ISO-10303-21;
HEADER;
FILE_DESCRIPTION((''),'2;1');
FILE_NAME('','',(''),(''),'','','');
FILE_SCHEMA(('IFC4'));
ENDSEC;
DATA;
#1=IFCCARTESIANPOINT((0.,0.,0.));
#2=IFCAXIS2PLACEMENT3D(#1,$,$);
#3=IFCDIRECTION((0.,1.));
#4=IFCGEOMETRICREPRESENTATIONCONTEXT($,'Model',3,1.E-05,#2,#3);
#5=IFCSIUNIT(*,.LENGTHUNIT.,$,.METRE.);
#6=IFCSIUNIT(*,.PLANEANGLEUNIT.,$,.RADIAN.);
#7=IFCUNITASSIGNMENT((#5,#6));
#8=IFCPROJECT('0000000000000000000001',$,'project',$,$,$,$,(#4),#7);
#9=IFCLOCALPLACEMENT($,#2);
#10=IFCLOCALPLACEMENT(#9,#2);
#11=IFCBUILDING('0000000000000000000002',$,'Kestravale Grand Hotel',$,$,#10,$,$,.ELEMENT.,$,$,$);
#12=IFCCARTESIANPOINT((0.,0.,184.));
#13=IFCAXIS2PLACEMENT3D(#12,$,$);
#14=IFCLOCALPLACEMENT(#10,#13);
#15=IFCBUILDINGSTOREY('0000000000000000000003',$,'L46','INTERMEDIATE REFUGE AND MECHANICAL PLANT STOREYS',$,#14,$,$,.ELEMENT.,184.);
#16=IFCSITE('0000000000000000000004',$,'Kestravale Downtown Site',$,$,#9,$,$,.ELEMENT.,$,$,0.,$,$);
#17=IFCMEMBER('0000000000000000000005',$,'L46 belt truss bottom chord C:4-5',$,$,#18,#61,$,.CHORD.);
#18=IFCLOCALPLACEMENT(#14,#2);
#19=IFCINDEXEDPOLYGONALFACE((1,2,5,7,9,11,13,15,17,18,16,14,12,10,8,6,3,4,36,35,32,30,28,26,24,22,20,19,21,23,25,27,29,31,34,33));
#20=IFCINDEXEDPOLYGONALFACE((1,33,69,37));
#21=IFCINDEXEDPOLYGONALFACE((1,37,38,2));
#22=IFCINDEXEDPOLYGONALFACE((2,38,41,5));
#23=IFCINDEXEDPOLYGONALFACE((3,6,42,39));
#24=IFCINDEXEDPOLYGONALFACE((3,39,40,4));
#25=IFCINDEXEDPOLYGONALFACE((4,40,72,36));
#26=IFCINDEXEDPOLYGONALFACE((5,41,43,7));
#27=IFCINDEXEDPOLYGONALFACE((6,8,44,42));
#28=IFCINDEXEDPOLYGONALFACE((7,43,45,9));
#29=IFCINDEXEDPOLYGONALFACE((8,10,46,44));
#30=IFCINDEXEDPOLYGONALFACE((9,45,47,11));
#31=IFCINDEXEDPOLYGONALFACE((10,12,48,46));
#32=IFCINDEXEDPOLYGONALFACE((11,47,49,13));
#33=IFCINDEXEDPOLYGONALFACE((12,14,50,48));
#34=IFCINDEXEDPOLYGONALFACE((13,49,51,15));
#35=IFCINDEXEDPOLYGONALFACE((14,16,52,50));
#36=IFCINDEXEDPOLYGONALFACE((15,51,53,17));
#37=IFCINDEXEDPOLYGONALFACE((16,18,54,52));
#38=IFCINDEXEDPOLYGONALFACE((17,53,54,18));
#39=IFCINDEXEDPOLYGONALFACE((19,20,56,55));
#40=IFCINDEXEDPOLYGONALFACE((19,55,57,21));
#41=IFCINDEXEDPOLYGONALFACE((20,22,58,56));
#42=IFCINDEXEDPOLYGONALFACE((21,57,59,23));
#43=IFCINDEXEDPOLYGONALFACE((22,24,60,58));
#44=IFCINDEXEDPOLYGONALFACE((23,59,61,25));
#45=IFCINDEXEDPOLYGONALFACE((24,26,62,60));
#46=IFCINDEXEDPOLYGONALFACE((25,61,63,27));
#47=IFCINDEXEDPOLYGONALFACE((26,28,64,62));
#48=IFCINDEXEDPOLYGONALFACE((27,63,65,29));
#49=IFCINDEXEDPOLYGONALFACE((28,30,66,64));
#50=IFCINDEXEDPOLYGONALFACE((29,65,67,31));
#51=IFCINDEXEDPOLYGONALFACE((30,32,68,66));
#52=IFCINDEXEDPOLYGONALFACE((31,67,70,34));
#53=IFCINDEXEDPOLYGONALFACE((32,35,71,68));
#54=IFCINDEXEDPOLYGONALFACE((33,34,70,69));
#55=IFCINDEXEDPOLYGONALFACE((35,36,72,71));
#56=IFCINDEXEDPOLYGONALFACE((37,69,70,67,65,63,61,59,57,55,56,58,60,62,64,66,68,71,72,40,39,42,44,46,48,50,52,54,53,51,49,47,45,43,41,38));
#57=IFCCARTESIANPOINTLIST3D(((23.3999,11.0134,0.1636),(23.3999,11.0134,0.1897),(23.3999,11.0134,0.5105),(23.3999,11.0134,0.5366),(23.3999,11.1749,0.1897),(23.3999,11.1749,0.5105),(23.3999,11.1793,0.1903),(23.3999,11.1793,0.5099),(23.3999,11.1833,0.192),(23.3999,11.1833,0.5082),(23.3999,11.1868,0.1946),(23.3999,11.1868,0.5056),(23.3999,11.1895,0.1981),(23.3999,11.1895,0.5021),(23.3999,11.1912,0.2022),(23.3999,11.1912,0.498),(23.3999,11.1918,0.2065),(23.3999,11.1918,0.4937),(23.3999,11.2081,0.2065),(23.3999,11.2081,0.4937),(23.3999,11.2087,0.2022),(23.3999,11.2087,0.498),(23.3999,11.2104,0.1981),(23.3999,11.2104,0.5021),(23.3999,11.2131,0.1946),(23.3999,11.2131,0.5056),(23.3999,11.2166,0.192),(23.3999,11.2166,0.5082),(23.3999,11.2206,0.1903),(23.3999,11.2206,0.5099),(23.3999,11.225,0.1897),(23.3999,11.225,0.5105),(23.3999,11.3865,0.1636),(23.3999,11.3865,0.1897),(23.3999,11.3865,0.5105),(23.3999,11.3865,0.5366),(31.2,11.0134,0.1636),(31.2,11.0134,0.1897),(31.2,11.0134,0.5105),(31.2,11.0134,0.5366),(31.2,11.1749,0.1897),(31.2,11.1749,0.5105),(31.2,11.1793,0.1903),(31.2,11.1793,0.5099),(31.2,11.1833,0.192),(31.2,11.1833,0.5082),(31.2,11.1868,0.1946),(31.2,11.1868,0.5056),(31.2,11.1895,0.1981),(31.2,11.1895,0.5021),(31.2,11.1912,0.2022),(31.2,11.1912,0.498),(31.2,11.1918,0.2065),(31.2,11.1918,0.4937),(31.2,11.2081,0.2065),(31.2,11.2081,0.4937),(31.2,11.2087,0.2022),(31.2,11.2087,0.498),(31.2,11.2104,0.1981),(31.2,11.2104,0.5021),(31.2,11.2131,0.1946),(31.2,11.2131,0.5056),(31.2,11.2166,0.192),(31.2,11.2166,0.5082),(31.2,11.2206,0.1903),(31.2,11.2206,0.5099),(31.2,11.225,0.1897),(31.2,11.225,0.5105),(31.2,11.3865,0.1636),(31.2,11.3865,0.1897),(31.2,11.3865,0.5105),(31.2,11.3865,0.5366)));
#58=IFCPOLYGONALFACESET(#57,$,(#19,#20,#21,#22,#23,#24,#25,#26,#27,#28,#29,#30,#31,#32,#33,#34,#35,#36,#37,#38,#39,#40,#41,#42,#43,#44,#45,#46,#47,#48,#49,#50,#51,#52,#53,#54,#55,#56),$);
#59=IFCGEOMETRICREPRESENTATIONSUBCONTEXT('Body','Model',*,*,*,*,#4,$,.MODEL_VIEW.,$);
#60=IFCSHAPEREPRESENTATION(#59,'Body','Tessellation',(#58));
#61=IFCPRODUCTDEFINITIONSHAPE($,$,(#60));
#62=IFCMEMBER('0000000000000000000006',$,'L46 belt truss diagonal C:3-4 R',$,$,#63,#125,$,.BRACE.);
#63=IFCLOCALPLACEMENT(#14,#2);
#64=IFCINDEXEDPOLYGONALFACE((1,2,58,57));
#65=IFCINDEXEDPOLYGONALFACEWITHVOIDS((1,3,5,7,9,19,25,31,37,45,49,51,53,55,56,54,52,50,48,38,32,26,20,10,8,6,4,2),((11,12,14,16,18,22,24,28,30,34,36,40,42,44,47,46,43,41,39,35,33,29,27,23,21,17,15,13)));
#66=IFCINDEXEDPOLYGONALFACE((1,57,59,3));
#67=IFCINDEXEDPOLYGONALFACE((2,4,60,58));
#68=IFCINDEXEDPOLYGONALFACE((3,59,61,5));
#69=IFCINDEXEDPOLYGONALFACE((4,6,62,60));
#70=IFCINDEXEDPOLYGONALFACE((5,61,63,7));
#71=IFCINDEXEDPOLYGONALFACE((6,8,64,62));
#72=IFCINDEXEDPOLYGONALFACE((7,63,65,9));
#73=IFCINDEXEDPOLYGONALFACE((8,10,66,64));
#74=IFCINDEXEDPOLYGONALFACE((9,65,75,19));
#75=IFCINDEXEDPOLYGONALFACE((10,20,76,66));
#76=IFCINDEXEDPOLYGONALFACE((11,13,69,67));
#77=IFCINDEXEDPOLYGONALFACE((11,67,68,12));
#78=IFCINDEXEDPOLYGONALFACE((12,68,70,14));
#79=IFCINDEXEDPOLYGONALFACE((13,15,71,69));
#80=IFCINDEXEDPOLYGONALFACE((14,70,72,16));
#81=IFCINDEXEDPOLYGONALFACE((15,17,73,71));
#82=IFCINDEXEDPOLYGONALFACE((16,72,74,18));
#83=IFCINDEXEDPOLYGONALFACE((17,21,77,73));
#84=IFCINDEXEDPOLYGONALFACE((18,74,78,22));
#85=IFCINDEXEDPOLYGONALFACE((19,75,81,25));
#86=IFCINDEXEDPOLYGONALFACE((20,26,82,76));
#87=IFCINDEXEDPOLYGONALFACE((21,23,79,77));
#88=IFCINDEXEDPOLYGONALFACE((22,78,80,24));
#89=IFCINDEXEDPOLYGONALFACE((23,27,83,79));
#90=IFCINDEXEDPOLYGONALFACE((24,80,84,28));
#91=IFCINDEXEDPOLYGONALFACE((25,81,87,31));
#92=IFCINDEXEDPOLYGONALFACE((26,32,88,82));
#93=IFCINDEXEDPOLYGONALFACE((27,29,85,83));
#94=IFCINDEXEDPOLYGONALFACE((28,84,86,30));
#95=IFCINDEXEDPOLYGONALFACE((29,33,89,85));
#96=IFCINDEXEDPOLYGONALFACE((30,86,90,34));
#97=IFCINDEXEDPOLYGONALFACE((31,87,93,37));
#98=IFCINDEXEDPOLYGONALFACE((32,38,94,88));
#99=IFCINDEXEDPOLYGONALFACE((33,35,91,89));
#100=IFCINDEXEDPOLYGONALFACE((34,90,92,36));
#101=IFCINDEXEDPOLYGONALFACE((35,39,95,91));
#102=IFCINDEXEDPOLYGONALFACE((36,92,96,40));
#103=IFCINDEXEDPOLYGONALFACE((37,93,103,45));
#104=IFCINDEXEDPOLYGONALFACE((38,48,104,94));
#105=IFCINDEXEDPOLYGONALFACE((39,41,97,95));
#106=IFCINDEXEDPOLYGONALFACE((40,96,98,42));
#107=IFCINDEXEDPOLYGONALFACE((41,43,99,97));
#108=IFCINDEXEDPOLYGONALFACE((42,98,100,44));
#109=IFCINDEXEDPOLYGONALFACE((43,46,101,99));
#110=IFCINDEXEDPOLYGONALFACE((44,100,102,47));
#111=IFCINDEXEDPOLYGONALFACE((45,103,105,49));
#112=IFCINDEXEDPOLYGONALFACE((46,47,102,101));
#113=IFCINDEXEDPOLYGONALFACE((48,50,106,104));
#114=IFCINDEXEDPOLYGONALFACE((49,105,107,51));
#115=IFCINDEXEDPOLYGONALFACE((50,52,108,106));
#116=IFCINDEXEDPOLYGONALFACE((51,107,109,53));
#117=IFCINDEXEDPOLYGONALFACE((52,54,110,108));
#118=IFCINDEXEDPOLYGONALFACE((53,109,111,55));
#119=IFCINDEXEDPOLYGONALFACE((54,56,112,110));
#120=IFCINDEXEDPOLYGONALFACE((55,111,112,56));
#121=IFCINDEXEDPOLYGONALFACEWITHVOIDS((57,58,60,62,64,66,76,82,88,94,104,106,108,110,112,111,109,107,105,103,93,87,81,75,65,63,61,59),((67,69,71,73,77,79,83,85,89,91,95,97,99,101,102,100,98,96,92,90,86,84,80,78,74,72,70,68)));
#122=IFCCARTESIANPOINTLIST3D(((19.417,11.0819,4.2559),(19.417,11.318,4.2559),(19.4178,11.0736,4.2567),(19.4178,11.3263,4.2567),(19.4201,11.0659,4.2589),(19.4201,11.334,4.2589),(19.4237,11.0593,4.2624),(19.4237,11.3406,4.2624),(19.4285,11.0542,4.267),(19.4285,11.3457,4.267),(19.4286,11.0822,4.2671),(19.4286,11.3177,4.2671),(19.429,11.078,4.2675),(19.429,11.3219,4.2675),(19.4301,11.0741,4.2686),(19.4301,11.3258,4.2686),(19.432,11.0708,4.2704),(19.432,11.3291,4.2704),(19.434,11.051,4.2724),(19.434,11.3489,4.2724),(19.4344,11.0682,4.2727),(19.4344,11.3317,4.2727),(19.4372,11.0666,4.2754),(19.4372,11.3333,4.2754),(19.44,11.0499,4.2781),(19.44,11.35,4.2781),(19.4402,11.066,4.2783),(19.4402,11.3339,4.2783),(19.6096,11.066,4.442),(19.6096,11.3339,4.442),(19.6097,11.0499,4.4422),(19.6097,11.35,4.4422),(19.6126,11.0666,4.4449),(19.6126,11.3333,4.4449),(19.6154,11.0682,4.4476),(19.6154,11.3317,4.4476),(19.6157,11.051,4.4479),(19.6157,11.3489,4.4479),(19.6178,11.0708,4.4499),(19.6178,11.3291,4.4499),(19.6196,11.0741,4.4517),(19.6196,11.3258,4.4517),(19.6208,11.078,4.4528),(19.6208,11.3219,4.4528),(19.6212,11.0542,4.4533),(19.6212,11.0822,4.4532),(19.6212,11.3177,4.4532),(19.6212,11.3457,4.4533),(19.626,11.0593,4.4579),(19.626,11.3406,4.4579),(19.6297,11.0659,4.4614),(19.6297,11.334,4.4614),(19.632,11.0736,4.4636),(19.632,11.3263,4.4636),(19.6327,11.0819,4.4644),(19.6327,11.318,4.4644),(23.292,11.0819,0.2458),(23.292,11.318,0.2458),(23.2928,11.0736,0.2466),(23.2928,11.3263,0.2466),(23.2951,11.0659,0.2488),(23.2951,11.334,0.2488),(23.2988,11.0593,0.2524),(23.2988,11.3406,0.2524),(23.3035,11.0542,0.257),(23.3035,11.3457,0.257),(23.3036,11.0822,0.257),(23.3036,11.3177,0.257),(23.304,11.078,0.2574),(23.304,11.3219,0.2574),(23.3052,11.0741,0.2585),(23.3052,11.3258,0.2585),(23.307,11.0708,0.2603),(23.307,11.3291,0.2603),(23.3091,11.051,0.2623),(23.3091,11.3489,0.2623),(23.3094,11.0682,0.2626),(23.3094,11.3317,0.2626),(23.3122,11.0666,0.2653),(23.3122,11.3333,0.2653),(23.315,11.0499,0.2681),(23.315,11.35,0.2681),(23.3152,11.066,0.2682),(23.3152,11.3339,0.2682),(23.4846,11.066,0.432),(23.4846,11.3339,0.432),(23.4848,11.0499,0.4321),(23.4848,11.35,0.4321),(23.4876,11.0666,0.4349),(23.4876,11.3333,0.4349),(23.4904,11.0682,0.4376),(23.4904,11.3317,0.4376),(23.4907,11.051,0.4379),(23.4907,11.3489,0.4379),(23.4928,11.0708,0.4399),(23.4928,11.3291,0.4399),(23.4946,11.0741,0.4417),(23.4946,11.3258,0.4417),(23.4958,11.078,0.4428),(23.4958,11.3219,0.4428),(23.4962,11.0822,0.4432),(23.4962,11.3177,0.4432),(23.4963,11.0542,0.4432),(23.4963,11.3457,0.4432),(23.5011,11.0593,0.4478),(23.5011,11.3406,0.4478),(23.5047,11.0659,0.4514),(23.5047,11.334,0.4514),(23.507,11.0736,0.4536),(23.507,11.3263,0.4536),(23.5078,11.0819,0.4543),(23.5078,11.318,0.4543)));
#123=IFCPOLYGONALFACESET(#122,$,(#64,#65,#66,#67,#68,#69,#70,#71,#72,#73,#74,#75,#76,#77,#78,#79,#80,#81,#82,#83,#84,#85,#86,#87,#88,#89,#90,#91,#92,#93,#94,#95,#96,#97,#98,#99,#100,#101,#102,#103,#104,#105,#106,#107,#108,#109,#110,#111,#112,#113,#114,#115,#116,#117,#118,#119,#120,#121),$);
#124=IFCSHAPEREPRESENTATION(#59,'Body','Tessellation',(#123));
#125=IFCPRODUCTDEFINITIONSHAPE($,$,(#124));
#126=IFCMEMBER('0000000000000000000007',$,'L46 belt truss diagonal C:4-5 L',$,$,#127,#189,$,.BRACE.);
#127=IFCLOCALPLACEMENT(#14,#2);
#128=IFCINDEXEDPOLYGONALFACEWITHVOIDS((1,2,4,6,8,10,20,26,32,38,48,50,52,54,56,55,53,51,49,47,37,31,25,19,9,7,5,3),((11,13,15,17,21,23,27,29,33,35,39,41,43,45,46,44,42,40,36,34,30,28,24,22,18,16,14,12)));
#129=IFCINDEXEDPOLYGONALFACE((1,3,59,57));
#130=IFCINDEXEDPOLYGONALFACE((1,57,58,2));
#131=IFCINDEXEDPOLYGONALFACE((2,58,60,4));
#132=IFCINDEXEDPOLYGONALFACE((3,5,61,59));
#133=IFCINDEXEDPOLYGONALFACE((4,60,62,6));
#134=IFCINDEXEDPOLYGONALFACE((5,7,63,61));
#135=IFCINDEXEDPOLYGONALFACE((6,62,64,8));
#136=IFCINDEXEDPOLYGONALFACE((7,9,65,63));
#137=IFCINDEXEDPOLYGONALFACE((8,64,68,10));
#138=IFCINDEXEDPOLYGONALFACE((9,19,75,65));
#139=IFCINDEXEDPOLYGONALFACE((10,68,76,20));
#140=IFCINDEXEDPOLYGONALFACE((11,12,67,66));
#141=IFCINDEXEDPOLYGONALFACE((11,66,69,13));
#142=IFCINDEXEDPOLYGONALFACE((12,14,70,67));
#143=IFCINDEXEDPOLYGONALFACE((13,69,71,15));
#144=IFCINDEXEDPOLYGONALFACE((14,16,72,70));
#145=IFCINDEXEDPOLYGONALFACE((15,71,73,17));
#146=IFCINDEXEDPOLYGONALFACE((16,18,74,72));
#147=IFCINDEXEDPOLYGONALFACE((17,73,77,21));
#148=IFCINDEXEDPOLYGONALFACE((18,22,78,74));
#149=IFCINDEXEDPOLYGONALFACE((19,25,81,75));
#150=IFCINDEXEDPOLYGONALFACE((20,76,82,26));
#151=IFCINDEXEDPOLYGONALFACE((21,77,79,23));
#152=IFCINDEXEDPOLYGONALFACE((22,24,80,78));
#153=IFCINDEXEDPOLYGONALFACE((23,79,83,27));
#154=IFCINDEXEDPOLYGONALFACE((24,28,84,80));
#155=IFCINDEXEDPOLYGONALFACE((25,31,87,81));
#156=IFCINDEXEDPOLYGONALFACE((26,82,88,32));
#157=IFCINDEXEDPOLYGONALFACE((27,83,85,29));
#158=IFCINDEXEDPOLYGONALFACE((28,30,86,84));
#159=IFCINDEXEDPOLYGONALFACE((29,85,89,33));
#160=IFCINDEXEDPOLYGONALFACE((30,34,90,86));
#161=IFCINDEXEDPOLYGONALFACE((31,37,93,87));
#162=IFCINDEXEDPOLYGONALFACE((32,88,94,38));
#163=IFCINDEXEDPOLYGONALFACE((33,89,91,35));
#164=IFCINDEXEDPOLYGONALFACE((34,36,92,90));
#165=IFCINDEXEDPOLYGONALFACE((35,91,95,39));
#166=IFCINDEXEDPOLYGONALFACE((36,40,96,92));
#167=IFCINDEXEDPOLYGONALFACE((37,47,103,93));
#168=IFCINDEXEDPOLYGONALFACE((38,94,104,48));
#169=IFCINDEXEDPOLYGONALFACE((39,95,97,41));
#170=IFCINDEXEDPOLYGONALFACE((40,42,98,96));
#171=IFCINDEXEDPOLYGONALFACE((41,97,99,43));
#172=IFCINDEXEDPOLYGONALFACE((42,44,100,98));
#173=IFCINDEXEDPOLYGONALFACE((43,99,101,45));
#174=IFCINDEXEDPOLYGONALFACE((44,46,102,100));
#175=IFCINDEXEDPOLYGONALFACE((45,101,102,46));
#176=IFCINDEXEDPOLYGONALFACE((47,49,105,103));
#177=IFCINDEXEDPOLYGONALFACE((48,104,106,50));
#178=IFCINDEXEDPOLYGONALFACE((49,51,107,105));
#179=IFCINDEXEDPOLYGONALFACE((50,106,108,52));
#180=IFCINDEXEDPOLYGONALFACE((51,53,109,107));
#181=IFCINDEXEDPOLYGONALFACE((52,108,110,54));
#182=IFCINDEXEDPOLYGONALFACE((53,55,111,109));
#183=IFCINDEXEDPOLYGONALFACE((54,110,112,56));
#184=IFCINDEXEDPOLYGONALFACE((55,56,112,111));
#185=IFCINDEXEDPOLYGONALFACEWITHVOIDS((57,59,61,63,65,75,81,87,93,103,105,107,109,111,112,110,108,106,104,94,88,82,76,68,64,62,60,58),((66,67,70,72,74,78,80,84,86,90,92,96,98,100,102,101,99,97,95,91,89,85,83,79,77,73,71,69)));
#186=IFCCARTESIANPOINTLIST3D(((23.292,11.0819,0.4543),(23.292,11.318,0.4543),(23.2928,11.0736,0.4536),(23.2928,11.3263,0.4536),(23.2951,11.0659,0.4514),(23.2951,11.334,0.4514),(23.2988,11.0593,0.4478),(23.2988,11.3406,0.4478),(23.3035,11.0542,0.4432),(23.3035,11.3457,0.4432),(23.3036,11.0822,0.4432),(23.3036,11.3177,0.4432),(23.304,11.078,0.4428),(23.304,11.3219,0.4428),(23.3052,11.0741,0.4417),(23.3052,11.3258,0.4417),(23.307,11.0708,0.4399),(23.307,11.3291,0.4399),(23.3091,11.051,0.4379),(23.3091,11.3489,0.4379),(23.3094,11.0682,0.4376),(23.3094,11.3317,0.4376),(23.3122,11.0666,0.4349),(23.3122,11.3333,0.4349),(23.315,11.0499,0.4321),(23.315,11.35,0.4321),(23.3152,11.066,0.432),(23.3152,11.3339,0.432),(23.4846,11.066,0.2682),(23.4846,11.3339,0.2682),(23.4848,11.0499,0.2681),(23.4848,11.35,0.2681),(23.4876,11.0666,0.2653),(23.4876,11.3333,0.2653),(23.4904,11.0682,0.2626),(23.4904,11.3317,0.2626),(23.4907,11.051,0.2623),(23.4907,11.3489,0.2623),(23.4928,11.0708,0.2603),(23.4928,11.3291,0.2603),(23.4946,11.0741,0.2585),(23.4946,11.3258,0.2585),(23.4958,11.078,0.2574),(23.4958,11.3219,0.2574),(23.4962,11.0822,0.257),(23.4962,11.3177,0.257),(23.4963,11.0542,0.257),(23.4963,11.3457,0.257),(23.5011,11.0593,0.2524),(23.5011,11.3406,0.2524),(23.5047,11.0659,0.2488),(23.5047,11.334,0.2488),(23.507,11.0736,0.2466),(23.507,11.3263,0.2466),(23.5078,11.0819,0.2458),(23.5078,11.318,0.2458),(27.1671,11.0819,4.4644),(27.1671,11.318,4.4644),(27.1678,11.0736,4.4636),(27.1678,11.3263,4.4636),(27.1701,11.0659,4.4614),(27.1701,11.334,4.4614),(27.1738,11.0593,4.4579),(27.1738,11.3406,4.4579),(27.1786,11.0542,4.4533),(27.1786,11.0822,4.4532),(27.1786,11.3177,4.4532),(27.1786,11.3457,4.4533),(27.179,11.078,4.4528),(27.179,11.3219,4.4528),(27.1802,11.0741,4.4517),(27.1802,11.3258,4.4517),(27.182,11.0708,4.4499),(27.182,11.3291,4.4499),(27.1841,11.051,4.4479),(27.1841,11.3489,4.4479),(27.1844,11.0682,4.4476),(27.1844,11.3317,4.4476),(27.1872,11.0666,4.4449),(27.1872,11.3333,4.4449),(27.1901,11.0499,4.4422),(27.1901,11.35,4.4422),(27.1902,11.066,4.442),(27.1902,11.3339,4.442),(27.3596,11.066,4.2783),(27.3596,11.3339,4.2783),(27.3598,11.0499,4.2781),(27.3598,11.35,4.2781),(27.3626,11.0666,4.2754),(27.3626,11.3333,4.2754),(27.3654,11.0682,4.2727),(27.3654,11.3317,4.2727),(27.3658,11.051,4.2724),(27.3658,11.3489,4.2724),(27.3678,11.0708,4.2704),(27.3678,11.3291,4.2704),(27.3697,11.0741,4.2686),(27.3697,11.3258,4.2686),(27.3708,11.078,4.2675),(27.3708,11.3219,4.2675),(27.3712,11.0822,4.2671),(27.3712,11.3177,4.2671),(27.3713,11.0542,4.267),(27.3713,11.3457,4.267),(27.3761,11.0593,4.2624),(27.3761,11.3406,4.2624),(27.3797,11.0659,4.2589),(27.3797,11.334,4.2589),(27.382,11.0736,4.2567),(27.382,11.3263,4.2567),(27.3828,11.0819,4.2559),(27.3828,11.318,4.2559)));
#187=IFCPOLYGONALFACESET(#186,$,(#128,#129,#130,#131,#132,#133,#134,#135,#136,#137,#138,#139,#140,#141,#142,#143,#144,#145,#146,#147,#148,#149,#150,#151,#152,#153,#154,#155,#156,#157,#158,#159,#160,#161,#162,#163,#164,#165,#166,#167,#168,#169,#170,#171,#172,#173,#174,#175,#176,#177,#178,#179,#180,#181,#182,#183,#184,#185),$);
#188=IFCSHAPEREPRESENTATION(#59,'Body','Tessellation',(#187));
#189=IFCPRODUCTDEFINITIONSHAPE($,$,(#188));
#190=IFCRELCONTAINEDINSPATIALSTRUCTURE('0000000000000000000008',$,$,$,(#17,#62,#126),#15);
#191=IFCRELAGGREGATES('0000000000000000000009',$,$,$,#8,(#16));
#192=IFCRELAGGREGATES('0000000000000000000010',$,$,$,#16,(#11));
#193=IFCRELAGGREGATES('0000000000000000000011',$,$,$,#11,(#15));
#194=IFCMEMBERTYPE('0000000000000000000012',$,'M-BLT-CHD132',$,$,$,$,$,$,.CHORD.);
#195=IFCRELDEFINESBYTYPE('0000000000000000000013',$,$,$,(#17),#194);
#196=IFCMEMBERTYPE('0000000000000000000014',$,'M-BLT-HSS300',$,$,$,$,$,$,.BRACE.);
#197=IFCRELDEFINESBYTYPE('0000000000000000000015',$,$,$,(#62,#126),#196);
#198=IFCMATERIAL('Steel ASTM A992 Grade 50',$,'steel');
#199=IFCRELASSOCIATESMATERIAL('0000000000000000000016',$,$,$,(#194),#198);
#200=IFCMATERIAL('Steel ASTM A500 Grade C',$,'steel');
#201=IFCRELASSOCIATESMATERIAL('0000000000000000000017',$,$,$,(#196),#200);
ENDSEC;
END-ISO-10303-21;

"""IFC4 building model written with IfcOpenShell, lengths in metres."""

from ifc_helpers import new_model, si_unit, direction, frame, origin, origin_2d, place, context, subcontext, project, spatial, hollow_rectangle, i_section, extrude, material, material_profile, profile_set, type_object, element, save


model = new_model("IFC4")

# Units and contexts
model_context = context("Model", 3, precision=1e-05, world=origin(), true_north=direction((0.0, 1.0)))
body_context = subcontext(model_context, "Body", "Model", "MODEL_VIEW")
ifc_project = project(units=[si_unit("LENGTHUNIT", "METRE"), si_unit("PLANEANGLEUNIT", "RADIAN")], contexts=[model_context])

# Site, building, storey
site_placement = place(None, origin())
site = spatial("IfcSite", under=ifc_project, at=site_placement, Name="Kestravale Downtown Site", CompositionType="ELEMENT", RefElevation=0.0)
building_placement = place(site_placement, origin())
building = spatial("IfcBuilding", under=site, at=building_placement, Name="Kestravale Grand Hotel", CompositionType="ELEMENT")
storey_placement = place(building_placement, frame((0.0, 0.0, 184.0)))
storey = spatial("IfcBuildingStorey", under=building, at=storey_placement, Name="L46", Description="INTERMEDIATE REFUGE AND MECHANICAL PLANT STOREYS", CompositionType="ELEMENT", Elevation=184.0)

# Members
ifc_material_1 = material(Name="Steel ASTM A992 Grade 50", Category="steel")
ifc_material_profile_1 = material_profile(ifc_material_1, i_section(OverallWidth=0.373, OverallDepth=0.373, WebThickness=0.0164, FlangeThickness=0.0261, FilletRadius=0.0168, at=origin_2d()))
ifc_profile_set_1 = profile_set([ifc_material_profile_1], Name="Steel ASTM A992 Grade 50")
member_type_1 = type_object("IfcMemberType", Name="M-BLT-CHD132", PredefinedType="CHORD", material=ifc_profile_set_1)
member_placement = place(storey_placement, frame((23.3999, 11.2, 0.3501), z_axis=(1.0, 0.0, 0.0), x_axis=(0.0, 1.0, 0.0)))
element("IfcMember", 1, at=member_placement, inside=storey, type_object=member_type_1, Name="L46 belt truss bottom chord C:4-5", PredefinedType="CHORD", context=body_context, shape_type="SweptSolid", body=[
    extrude(i_section(OverallWidth=0.373, OverallDepth=0.373, WebThickness=0.0164, FlangeThickness=0.0261, FilletRadius=0.0168, at=origin_2d()), origin(), (0.0, 0.0, 1.0), 7.8),
])
ifc_material_2 = material(Name="Steel ASTM A500 Grade C", Category="steel")
ifc_material_profile_2 = material_profile(ifc_material_2, hollow_rectangle(XDim=0.3, YDim=0.3, WallThickness=0.0161, InnerFilletRadius=0.0161, OuterFilletRadius=0.032, at=origin_2d()))
ifc_profile_set_2 = profile_set([ifc_material_profile_2], Name="Steel ASTM A500 Grade C")
member_type_2 = type_object("IfcMemberType", Name="M-BLT-HSS300", PredefinedType="BRACE", material=ifc_profile_set_2)
for number, where, z_axis, x_axis, name in (
    (2, (23.3999, 11.2, 0.3501), (-0.694898, 0.0, 0.719109), (0.0, -1.0, 0.0), "L46 belt truss diagonal C:3-4 R"),
    (3, (23.3999, 11.2, 0.3501), (0.694898, 0.0, 0.719109), (0.0, 1.0, 0.0), "L46 belt truss diagonal C:4-5 L"),
):
    element("IfcMember", number, at=place(storey_placement, frame(where, z_axis=z_axis, x_axis=x_axis)), inside=storey, type_object=member_type_2, Name=name, PredefinedType="BRACE", context=body_context, shape_type="SweptSolid", body=[
        extrude(hollow_rectangle(XDim=0.3, YDim=0.3, WallThickness=0.0161, InnerFilletRadius=0.0161, OuterFilletRadius=0.032, at=origin_2d()), origin(), (0.0, 0.0, 1.0), 5.5764),
    ])

save(model, "model.ifc")
